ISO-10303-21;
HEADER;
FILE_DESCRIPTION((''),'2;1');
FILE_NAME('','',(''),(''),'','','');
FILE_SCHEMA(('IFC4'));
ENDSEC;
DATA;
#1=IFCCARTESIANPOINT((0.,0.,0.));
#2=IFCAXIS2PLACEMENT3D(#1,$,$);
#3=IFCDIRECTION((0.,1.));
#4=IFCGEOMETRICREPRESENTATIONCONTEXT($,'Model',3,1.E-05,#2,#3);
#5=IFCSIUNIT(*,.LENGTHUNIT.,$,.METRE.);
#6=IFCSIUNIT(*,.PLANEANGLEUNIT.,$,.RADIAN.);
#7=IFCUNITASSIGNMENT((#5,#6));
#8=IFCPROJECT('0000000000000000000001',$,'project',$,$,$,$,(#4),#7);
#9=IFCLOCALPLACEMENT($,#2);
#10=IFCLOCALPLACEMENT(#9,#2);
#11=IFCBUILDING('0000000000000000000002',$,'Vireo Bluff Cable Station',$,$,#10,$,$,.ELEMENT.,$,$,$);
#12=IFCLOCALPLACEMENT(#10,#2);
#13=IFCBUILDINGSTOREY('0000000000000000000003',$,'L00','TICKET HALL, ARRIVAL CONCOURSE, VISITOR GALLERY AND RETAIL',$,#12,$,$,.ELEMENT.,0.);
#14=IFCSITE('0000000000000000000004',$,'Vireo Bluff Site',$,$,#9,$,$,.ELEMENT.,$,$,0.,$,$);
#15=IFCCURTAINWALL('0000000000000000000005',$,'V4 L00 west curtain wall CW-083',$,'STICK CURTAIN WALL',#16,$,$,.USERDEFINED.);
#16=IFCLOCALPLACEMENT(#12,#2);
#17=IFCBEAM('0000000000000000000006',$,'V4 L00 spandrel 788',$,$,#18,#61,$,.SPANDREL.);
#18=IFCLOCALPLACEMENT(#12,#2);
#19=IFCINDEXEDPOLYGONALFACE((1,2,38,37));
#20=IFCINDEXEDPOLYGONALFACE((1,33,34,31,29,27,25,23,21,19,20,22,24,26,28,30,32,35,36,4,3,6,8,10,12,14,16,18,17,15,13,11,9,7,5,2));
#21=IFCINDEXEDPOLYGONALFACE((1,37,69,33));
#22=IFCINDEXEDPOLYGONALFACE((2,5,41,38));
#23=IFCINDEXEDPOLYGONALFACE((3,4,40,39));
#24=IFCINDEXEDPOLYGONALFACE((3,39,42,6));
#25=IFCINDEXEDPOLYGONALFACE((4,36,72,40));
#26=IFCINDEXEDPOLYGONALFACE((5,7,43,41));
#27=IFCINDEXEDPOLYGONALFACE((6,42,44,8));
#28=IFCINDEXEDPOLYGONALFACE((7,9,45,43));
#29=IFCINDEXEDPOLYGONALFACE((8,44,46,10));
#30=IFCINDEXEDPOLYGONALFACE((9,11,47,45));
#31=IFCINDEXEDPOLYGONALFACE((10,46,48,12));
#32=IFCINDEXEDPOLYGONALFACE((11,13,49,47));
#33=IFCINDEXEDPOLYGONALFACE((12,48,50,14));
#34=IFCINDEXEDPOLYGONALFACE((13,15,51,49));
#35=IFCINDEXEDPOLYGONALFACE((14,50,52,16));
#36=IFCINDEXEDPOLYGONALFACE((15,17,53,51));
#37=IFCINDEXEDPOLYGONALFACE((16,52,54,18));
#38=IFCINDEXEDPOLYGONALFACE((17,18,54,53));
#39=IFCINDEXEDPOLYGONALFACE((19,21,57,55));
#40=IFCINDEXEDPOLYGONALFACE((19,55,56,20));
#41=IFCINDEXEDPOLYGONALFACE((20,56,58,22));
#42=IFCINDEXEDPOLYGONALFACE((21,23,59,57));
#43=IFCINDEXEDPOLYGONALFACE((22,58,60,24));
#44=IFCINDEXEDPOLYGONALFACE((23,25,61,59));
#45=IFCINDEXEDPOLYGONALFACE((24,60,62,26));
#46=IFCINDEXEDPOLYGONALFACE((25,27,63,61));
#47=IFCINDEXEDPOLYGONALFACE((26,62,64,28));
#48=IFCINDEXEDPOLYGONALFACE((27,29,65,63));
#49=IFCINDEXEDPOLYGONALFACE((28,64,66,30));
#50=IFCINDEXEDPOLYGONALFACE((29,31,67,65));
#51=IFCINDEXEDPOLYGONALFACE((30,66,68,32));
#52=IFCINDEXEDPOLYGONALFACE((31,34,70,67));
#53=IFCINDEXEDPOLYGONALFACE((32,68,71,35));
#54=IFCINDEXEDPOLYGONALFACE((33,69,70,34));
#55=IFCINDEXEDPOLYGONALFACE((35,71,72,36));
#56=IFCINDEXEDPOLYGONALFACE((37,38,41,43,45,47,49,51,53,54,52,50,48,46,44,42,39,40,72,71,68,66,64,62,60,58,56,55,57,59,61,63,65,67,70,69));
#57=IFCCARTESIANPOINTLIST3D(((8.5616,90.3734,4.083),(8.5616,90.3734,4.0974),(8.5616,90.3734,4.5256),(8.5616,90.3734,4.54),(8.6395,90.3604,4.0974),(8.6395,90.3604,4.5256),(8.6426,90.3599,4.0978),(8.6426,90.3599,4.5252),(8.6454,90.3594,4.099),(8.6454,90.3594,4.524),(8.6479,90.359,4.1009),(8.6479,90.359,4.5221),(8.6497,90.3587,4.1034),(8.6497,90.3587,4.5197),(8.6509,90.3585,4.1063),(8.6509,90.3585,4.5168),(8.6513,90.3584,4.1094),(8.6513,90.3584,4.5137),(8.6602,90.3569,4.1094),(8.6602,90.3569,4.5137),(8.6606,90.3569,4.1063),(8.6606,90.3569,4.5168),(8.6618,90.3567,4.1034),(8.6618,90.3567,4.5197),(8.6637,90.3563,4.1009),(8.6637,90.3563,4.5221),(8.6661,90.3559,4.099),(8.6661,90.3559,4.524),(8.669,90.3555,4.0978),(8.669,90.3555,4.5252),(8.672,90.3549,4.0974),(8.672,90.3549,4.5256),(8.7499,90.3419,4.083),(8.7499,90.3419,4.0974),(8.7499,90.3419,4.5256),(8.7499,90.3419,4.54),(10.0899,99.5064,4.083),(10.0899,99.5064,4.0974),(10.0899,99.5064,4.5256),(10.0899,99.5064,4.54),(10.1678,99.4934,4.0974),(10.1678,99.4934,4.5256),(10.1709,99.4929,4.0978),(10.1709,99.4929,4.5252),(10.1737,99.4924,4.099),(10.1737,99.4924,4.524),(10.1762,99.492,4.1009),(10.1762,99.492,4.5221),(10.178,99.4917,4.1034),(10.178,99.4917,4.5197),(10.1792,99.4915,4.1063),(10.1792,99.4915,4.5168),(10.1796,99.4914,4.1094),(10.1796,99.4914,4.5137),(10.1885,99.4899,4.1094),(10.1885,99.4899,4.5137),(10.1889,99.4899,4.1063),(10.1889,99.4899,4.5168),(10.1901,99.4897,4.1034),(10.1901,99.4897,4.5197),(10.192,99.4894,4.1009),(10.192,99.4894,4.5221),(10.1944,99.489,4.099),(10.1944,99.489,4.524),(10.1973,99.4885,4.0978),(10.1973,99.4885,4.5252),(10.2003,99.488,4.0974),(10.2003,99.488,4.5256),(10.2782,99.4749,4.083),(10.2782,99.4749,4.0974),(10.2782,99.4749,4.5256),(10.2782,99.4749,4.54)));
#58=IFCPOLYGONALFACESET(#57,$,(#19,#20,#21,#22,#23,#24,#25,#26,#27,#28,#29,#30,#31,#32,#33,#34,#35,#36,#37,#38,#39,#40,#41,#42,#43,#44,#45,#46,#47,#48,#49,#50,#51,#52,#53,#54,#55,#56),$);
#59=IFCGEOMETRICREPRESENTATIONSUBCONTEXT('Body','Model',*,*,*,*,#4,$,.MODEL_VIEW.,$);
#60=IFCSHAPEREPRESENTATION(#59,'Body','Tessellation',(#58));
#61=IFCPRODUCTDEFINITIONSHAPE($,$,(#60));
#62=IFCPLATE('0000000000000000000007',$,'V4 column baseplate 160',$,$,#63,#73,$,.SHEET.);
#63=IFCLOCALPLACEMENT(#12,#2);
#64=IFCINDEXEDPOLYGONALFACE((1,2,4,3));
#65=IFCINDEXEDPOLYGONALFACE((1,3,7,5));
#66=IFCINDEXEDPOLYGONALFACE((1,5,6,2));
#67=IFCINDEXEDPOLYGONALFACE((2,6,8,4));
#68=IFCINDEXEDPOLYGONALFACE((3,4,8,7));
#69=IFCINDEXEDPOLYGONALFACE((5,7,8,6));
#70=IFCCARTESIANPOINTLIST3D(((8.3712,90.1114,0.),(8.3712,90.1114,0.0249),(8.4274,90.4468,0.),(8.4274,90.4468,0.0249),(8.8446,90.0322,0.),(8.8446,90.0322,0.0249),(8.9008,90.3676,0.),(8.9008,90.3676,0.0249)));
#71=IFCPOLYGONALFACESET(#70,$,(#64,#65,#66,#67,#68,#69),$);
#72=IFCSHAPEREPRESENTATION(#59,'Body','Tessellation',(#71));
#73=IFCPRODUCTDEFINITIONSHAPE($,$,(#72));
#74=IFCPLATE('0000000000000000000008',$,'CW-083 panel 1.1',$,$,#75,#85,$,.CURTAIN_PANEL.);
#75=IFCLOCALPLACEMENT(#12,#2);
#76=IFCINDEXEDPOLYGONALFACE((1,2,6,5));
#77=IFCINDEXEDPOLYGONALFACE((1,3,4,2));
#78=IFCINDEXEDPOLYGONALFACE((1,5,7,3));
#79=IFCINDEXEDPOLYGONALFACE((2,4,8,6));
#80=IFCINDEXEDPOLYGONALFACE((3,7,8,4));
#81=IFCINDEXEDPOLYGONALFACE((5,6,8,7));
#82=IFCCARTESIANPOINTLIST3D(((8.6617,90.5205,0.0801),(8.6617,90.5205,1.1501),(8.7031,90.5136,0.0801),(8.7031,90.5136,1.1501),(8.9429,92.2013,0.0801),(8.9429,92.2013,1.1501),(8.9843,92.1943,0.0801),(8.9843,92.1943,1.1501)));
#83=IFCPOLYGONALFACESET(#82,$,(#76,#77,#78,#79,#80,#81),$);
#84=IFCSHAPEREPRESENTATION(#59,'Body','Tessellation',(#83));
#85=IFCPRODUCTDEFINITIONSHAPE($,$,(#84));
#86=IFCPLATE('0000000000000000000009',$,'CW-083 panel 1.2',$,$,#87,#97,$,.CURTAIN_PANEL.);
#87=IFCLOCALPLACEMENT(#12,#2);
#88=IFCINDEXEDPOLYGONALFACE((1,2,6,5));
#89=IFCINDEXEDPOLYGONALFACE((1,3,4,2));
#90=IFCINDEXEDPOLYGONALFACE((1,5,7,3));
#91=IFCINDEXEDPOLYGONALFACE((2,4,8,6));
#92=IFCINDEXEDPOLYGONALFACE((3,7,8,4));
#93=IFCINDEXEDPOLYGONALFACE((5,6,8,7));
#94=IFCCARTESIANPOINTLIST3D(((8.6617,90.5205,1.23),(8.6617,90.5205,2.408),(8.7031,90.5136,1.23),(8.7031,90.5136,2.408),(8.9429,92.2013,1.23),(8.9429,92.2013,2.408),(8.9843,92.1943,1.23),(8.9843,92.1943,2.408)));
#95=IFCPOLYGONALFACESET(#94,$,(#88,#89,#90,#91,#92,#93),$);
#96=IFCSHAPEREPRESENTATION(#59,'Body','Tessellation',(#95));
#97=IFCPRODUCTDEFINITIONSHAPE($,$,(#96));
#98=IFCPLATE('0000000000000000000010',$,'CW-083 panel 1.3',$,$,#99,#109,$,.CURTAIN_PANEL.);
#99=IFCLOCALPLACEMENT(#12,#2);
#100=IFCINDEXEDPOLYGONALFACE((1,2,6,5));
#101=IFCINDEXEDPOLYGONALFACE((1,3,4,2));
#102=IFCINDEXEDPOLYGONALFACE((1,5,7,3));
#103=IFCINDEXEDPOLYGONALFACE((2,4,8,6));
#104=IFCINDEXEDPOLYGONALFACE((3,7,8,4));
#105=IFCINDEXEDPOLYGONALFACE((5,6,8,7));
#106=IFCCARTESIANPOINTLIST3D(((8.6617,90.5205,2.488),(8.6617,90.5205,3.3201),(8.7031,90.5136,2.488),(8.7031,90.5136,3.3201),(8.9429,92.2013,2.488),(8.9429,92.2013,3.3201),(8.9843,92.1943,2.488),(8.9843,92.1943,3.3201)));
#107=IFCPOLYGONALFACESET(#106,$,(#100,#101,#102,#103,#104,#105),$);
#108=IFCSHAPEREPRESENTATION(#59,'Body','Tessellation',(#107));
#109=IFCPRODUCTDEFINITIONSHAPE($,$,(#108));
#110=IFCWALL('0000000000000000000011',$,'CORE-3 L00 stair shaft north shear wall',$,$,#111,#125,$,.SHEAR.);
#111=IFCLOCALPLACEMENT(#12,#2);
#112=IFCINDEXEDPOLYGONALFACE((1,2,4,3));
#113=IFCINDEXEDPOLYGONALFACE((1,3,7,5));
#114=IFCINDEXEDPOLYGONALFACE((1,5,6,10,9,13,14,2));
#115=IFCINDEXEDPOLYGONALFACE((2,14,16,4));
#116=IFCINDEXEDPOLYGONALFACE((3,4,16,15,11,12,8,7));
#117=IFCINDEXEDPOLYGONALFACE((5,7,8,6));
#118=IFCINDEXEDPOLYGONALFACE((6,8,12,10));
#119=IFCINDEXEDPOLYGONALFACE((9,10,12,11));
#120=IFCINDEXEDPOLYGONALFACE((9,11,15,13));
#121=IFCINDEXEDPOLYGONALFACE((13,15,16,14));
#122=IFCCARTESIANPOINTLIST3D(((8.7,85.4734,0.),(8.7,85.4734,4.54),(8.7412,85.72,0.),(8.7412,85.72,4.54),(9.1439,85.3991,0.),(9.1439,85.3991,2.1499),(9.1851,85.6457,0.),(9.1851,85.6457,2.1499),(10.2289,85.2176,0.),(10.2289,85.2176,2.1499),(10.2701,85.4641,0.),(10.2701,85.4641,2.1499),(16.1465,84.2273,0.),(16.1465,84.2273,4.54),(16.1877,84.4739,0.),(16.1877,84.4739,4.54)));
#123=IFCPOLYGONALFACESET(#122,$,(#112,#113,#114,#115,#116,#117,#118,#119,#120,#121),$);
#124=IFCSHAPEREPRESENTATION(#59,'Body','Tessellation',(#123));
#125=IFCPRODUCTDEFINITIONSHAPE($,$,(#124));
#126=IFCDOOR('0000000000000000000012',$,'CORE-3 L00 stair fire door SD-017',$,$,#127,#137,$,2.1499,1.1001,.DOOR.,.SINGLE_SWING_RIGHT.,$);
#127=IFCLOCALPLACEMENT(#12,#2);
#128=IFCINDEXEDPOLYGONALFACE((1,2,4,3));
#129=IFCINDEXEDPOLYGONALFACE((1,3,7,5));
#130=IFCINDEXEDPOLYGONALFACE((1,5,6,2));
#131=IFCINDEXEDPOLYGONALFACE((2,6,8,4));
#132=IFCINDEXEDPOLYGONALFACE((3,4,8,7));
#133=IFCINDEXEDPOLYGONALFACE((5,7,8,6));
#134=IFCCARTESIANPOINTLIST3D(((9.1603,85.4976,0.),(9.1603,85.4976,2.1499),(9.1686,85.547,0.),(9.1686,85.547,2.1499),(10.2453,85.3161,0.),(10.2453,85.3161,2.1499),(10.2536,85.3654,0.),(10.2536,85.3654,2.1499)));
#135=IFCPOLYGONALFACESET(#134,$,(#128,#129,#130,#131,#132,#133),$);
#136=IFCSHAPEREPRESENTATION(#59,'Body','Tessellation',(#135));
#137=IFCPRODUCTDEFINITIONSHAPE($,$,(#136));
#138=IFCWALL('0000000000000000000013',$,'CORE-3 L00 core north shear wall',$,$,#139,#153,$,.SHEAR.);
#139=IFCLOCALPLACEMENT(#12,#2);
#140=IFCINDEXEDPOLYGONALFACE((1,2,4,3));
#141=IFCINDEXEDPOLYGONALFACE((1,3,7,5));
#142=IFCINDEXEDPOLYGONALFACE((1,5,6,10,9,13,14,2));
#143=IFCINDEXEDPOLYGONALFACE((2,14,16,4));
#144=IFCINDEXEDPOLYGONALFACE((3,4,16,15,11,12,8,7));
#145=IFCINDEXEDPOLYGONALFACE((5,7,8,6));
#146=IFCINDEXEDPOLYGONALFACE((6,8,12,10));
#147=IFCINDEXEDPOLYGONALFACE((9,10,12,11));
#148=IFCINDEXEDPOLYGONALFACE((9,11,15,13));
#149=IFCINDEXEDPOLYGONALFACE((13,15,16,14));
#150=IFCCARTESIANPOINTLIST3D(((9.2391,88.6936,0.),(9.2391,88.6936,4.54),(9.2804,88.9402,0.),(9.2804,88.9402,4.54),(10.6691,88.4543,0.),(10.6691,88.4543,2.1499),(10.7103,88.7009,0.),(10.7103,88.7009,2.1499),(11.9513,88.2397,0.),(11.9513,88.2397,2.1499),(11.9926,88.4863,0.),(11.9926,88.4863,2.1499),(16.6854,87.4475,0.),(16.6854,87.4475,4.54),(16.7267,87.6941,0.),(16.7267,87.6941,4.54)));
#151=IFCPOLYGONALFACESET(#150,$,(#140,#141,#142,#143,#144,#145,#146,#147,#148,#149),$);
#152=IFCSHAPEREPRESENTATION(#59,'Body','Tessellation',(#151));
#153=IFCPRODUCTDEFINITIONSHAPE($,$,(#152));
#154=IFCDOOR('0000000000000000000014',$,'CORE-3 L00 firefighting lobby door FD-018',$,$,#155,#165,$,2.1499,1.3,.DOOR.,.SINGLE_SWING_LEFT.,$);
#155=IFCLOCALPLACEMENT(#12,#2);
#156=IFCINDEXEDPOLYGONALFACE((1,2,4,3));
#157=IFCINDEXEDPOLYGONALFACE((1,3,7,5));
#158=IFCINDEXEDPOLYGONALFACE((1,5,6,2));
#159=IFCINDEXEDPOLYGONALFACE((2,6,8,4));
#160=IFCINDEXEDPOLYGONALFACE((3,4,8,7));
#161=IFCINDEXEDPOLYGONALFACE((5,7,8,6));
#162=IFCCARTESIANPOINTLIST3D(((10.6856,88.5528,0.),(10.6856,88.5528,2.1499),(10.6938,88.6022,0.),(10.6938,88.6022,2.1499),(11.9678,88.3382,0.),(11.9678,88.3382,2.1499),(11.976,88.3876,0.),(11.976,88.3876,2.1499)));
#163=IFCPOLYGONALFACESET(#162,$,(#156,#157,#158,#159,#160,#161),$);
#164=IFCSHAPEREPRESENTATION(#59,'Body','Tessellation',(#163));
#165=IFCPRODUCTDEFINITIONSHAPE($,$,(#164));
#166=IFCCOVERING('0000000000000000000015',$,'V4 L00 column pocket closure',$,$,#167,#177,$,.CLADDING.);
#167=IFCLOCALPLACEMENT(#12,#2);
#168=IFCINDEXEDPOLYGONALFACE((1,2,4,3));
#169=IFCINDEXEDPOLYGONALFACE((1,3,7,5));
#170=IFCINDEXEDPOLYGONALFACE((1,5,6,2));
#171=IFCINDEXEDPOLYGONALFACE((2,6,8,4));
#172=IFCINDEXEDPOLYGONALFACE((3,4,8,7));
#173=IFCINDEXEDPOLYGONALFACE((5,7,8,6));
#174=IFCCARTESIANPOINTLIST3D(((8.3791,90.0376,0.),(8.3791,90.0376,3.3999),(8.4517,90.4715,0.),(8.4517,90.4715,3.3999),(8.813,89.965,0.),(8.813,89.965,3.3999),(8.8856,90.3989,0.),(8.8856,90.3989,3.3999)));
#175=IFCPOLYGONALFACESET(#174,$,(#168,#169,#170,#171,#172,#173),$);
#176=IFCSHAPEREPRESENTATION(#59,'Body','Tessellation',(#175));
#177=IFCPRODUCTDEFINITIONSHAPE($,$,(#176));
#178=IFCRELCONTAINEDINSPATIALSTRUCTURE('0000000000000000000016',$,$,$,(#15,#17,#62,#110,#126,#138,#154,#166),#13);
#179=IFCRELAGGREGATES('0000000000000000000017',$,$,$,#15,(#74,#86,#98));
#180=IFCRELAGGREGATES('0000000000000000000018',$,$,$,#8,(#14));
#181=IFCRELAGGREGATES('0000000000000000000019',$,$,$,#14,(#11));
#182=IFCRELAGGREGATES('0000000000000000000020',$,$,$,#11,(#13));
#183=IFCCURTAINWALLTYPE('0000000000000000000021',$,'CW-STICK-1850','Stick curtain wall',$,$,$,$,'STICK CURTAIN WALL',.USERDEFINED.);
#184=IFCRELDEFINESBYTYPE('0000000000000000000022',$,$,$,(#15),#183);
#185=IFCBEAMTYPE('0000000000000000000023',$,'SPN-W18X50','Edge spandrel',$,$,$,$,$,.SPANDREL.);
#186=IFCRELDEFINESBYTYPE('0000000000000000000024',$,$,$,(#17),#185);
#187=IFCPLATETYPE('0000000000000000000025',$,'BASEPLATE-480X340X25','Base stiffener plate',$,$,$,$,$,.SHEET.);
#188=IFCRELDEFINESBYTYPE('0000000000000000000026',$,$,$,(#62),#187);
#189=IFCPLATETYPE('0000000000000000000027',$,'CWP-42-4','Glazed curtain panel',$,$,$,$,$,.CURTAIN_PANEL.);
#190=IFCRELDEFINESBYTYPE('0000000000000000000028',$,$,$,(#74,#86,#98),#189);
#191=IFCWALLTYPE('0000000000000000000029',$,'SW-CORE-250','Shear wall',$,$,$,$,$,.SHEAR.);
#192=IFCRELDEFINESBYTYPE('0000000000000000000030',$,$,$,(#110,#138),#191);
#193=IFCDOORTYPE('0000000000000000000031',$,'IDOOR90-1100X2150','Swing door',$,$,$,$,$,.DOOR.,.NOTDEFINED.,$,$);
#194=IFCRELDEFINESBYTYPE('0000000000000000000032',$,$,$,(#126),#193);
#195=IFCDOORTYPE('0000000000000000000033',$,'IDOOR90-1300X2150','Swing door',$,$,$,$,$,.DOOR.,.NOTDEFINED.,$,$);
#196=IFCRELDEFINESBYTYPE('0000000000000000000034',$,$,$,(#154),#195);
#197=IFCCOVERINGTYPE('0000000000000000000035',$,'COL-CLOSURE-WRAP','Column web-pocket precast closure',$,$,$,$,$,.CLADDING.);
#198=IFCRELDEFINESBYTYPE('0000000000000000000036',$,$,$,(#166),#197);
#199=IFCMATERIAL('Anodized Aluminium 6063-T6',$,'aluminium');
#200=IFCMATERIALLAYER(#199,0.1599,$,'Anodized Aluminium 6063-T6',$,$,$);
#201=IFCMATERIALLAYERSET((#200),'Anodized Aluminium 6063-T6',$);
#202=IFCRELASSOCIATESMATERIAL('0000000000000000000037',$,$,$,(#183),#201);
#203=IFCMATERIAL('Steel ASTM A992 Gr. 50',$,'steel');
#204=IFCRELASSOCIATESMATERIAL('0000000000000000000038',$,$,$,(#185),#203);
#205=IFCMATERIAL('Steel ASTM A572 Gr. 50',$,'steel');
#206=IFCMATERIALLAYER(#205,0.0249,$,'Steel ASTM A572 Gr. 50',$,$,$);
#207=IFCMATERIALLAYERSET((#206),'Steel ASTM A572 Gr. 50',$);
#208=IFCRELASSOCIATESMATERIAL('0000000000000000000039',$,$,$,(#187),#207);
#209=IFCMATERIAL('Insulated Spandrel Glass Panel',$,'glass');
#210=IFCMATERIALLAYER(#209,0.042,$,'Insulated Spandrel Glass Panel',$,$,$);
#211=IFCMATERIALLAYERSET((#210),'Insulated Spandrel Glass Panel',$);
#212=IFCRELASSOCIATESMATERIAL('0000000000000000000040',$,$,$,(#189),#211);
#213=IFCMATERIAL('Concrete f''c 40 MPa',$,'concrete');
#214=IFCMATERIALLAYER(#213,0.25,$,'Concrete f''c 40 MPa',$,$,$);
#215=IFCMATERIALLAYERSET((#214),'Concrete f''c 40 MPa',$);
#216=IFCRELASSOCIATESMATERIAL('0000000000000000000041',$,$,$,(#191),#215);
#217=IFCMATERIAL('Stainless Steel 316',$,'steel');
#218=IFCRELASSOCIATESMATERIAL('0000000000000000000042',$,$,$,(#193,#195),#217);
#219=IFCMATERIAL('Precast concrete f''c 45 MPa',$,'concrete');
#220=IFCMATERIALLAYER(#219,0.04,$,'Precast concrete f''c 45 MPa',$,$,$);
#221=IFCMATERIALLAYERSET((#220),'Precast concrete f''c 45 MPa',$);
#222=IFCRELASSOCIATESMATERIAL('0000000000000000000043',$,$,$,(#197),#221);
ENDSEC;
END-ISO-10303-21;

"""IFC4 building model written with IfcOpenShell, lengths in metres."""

from ifc_helpers import new_model, si_unit, direction, frame, frame_2d, origin, origin_with_axes, origin_2d, place, context, subcontext, project, spatial, rectangle, i_section, extrude, material, layer, layer_set, material_profile, profile_set, type_object, element, fill, aggregate, save


model = new_model("IFC4")

# Units and contexts
model_context = context("Model", 3, precision=1e-05, world=origin(), true_north=direction((0.0, 1.0)))
body_context = subcontext(model_context, "Body", "Model", "MODEL_VIEW")
ifc_project = project(units=[si_unit("LENGTHUNIT", "METRE"), si_unit("PLANEANGLEUNIT", "RADIAN")], contexts=[model_context])

# Site, building, storey
site_placement = place(None, origin())
site = spatial("IfcSite", under=ifc_project, at=site_placement, Name="Vireo Bluff Site", CompositionType="ELEMENT", RefElevation=0.0)
building_placement = place(site_placement, origin())
building = spatial("IfcBuilding", under=site, at=building_placement, Name="Vireo Bluff Cable Station", CompositionType="ELEMENT")
storey_placement = place(building_placement, origin())
storey = spatial("IfcBuildingStorey", under=building, at=storey_placement, Name="L00", Description="TICKET HALL, ARRIVAL CONCOURSE, VISITOR GALLERY AND RETAIL", CompositionType="ELEMENT", Elevation=0.0)

# Shared definitions
ifc_material_1 = material(Name="Concrete f'c 40 MPa", Category="concrete")

# Shared definitions
ifc_material_2 = material(Name="Steel ASTM A992 Gr. 50", Category="steel")

# Curtain wall
ifc_material_3 = material(Name="Anodized Aluminium 6063-T6", Category="aluminium")
ifc_layer_1 = layer(ifc_material_3, 0.1599, Name="Anodized Aluminium 6063-T6")
ifc_layer_set_1 = layer_set([ifc_layer_1], Name="Anodized Aluminium 6063-T6")
curtain_wall_type = type_object("IfcCurtainWallType", Name="CW-STICK-1850", Description="Stick curtain wall", ElementType="STICK CURTAIN WALL", PredefinedType="USERDEFINED", material=ifc_layer_set_1)
curtain_wall_placement = place(storey_placement, origin())
curtain_wall = element("IfcCurtainWall", 1, at=curtain_wall_placement, inside=storey, type_object=curtain_wall_type, Name="V4 L00 west curtain wall CW-083", ObjectType="STICK CURTAIN WALL", PredefinedType="USERDEFINED")

# Beam
ifc_material_profile_1 = material_profile(ifc_material_2, i_section(OverallWidth=0.1909, OverallDepth=0.457, WebThickness=0.009, FlangeThickness=0.0144, FilletRadius=0.012, at=origin_2d()), Name="W18X50")
ifc_profile_set_1 = profile_set([ifc_material_profile_1], Name="Steel ASTM A992 Gr. 50")
beam_type_1 = type_object("IfcBeamType", Name="SPN-W18X50", Description="Edge spandrel", PredefinedType="SPANDREL", material=ifc_profile_set_1)
beam_1_placement = place(storey_placement, frame((8.6558, 90.3577, 4.3115), z_axis=(0.165045, 0.986286, 0.0), x_axis=(-0.986286, 0.165045, 0.0)))
element("IfcBeam", 2, at=beam_1_placement, inside=storey, type_object=beam_type_1, Name="V4 L00 spandrel 788", PredefinedType="SPANDREL", context=body_context, shape_type="SweptSolid", body=[
    extrude(i_section(OverallWidth=0.1909, OverallDepth=0.457, WebThickness=0.009, FlangeThickness=0.0144, FilletRadius=0.012, at=origin_2d()), origin(), (0.0, 0.0, 1.0), 9.26),
])

# Plates
ifc_material_4 = material(Name="Steel ASTM A572 Gr. 50", Category="steel")
ifc_layer_2 = layer(ifc_material_4, 0.0249, Name="Steel ASTM A572 Gr. 50")
ifc_layer_set_2 = layer_set([ifc_layer_2], Name="Steel ASTM A572 Gr. 50")
plate_type_1 = type_object("IfcPlateType", Name="BASEPLATE-480X340X25", Description="Base stiffener plate", PredefinedType="SHEET", material=ifc_layer_set_2)
plate_1_placement = place(storey_placement, frame((8.636, 90.2395, 0.0), z_axis=(0.0, 0.0, 1.0), x_axis=(0.986286, -0.165048, 0.0)))
element("IfcPlate", 3, at=plate_1_placement, inside=storey, type_object=plate_type_1, Name="V4 column baseplate 160", PredefinedType="SHEET", context=body_context, shape_type="SweptSolid", body=[
    extrude(rectangle(XDim=0.48, YDim=0.3401, at=origin_2d()), origin(), (0.0, 0.0, 1.0), 0.0249),
])
ifc_material_5 = material(Name="Insulated Spandrel Glass Panel", Category="glass")
ifc_layer_3 = layer(ifc_material_5, 0.042, Name="Insulated Spandrel Glass Panel")
ifc_layer_set_3 = layer_set([ifc_layer_3], Name="Insulated Spandrel Glass Panel")
plate_type_2 = type_object("IfcPlateType", Name="CWP-42-4", Description="Glazed curtain panel", PredefinedType="CURTAIN_PANEL", material=ifc_layer_set_3)
plate_2_placement = place(storey_placement, frame((8.823, 91.3574, 0.0801), z_axis=(0.0, 0.0, 1.0), x_axis=(0.165048, 0.986286, 0.0)))
plate_2 = element("IfcPlate", 4, at=plate_2_placement, type_object=plate_type_2, Name="CW-083 panel 1.1", PredefinedType="CURTAIN_PANEL", context=body_context, shape_type="SweptSolid", body=[
    extrude(rectangle(XDim=1.7041, YDim=0.042, at=origin_2d()), origin(), (0.0, 0.0, 1.0), 1.0701),
])
plate_3_placement = place(storey_placement, frame((8.823, 91.3574, 1.23), z_axis=(0.0, 0.0, 1.0), x_axis=(0.165048, 0.986286, 0.0)))
plate_3 = element("IfcPlate", 5, at=plate_3_placement, type_object=plate_type_2, Name="CW-083 panel 1.2", PredefinedType="CURTAIN_PANEL", context=body_context, shape_type="SweptSolid", body=[
    extrude(rectangle(XDim=1.7041, YDim=0.042, at=origin_2d()), origin(), (0.0, 0.0, 1.0), 1.178),
])
plate_4_placement = place(storey_placement, frame((8.823, 91.3574, 2.488), z_axis=(0.0, 0.0, 1.0), x_axis=(0.165048, 0.986286, 0.0)))
plate_4 = element("IfcPlate", 6, at=plate_4_placement, type_object=plate_type_2, Name="CW-083 panel 1.3", PredefinedType="CURTAIN_PANEL", context=body_context, shape_type="SweptSolid", body=[
    extrude(rectangle(XDim=1.7041, YDim=0.042, at=origin_2d()), origin(), (0.0, 0.0, 1.0), 0.832),
])
aggregate(curtain_wall, [plate_2, plate_3, plate_4])

# Walls, openings, doors
ifc_layer_4 = layer(ifc_material_1, 0.25, Name="Concrete f'c 40 MPa")
ifc_layer_set_4 = layer_set([ifc_layer_4], Name="Concrete f'c 40 MPa")
wall_type = type_object("IfcWallType", Name="SW-CORE-250", Description="Shear wall", PredefinedType="SHEAR", material=ifc_layer_set_4)
wall_1_placement = place(storey_placement, frame((8.7207, 85.5967, 0.0), z_axis=(0.0, 0.0, 1.0), x_axis=(0.986286, -0.165044, 0.0)))
wall_1 = element("IfcWall", 7, at=wall_1_placement, inside=storey, type_object=wall_type, Name="CORE-3 L00 stair shaft north shear wall", PredefinedType="SHEAR", context=body_context, shape_type="SweptSolid", body=[
    extrude(rectangle(XDim=7.55, YDim=0.25, at=frame_2d((3.7749, 0.0))), origin(), (0.0, 0.0, 1.0), 4.54),
])
opening_1_placement = place(wall_1_placement, frame((0.45, 0.0, 0.0)))
opening_1 = element("IfcOpeningElement", 8, at=opening_1_placement, cuts=wall_1, PredefinedType="OPENING", context=body_context, shape_type="SweptSolid", body=[
    extrude(rectangle(XDim=1.1001, YDim=2.1499, at=frame_2d((0.55, 1.075))), frame((0.0, 0.135, 0.0), z_axis=(0.0, -1.0, 0.0), x_axis=(1.0, 0.0, 0.0)), (0.0, 0.0, 1.0), 0.27),
])
ifc_material_6 = material(Name="Stainless Steel 316", Category="steel")
door_type_1 = type_object("IfcDoorType", Name="IDOOR90-1100X2150", Description="Swing door", OperationType="NOTDEFINED", PredefinedType="DOOR", material=ifc_material_6)
door_1_placement = place(opening_1_placement, origin_with_axes())
door_1 = element("IfcDoor", 9, at=door_1_placement, inside=storey, type_object=door_type_1, Name="CORE-3 L00 stair fire door SD-017", OperationType="SINGLE_SWING_RIGHT", OverallHeight=2.1499, OverallWidth=1.1001, PredefinedType="DOOR", context=body_context, shape_type="SweptSolid", body=[
    extrude(rectangle(XDim=1.1001, YDim=2.1499, at=frame_2d((0.55, 1.075))), frame((0.0, 0.0249, 0.0), z_axis=(0.0, -1.0, 0.0), x_axis=(1.0, 0.0, 0.0)), (0.0, 0.0, 1.0), 0.05),
])
fill(opening_1, door_1)
wall_2_placement = place(storey_placement, frame((9.2598, 88.8169, 0.0), z_axis=(0.0, 0.0, 1.0), x_axis=(0.986285, -0.165049, 0.0)))
wall_2 = element("IfcWall", 10, at=wall_2_placement, inside=storey, type_object=wall_type, Name="CORE-3 L00 core north shear wall", PredefinedType="SHEAR", context=body_context, shape_type="SweptSolid", body=[
    extrude(rectangle(XDim=7.5498, YDim=0.25, at=frame_2d((3.7749, 0.0))), origin(), (0.0, 0.0, 1.0), 4.54),
])
opening_2_placement = place(wall_2_placement, frame((1.45, 0.0, 0.0)))
opening_2 = element("IfcOpeningElement", 11, at=opening_2_placement, cuts=wall_2, PredefinedType="OPENING", context=body_context, shape_type="SweptSolid", body=[
    extrude(rectangle(XDim=1.3, YDim=2.1499, at=frame_2d((0.6499, 1.075))), frame((0.0, 0.135, 0.0), z_axis=(0.0, -1.0, 0.0), x_axis=(1.0, 0.0, 0.0)), (0.0, 0.0, 1.0), 0.27),
])
door_type_2 = type_object("IfcDoorType", Name="IDOOR90-1300X2150", Description="Swing door", OperationType="NOTDEFINED", PredefinedType="DOOR", material=ifc_material_6)
door_2_placement = place(opening_2_placement, origin_with_axes())
door_2 = element("IfcDoor", 12, at=door_2_placement, inside=storey, type_object=door_type_2, Name="CORE-3 L00 firefighting lobby door FD-018", OperationType="SINGLE_SWING_LEFT", OverallHeight=2.1499, OverallWidth=1.3, PredefinedType="DOOR", context=body_context, shape_type="SweptSolid", body=[
    extrude(rectangle(XDim=1.3, YDim=2.1499, at=frame_2d((0.6499, 1.075))), frame((0.0, 0.0249, 0.0), z_axis=(0.0, -1.0, 0.0), x_axis=(1.0, 0.0, 0.0)), (0.0, 0.0, 1.0), 0.05),
])
fill(opening_2, door_2)

# Covering
ifc_material_7 = material(Name="Precast concrete f'c 45 MPa", Category="concrete")
ifc_layer_5 = layer(ifc_material_7, 0.04, Name="Precast concrete f'c 45 MPa")
ifc_layer_set_5 = layer_set([ifc_layer_5], Name="Precast concrete f'c 45 MPa")
covering_type = type_object("IfcCoveringType", Name="COL-CLOSURE-WRAP", Description="Column web-pocket precast closure", PredefinedType="CLADDING", material=ifc_layer_set_5)
covering_placement = place(storey_placement, frame((8.6323, 90.2183, 0.0), z_axis=(0.0, 0.0, 1.0), x_axis=(0.986286, -0.165048, 0.0)))
element("IfcCovering", 13, at=covering_placement, inside=storey, type_object=covering_type, Name="V4 L00 column pocket closure", PredefinedType="CLADDING", context=body_context, shape_type="SweptSolid", body=[
    extrude(rectangle(XDim=0.4399, YDim=0.4399, at=origin_2d()), origin(), (0.0, 0.0, 1.0), 3.3999),
])

save(model, "model.ifc")
